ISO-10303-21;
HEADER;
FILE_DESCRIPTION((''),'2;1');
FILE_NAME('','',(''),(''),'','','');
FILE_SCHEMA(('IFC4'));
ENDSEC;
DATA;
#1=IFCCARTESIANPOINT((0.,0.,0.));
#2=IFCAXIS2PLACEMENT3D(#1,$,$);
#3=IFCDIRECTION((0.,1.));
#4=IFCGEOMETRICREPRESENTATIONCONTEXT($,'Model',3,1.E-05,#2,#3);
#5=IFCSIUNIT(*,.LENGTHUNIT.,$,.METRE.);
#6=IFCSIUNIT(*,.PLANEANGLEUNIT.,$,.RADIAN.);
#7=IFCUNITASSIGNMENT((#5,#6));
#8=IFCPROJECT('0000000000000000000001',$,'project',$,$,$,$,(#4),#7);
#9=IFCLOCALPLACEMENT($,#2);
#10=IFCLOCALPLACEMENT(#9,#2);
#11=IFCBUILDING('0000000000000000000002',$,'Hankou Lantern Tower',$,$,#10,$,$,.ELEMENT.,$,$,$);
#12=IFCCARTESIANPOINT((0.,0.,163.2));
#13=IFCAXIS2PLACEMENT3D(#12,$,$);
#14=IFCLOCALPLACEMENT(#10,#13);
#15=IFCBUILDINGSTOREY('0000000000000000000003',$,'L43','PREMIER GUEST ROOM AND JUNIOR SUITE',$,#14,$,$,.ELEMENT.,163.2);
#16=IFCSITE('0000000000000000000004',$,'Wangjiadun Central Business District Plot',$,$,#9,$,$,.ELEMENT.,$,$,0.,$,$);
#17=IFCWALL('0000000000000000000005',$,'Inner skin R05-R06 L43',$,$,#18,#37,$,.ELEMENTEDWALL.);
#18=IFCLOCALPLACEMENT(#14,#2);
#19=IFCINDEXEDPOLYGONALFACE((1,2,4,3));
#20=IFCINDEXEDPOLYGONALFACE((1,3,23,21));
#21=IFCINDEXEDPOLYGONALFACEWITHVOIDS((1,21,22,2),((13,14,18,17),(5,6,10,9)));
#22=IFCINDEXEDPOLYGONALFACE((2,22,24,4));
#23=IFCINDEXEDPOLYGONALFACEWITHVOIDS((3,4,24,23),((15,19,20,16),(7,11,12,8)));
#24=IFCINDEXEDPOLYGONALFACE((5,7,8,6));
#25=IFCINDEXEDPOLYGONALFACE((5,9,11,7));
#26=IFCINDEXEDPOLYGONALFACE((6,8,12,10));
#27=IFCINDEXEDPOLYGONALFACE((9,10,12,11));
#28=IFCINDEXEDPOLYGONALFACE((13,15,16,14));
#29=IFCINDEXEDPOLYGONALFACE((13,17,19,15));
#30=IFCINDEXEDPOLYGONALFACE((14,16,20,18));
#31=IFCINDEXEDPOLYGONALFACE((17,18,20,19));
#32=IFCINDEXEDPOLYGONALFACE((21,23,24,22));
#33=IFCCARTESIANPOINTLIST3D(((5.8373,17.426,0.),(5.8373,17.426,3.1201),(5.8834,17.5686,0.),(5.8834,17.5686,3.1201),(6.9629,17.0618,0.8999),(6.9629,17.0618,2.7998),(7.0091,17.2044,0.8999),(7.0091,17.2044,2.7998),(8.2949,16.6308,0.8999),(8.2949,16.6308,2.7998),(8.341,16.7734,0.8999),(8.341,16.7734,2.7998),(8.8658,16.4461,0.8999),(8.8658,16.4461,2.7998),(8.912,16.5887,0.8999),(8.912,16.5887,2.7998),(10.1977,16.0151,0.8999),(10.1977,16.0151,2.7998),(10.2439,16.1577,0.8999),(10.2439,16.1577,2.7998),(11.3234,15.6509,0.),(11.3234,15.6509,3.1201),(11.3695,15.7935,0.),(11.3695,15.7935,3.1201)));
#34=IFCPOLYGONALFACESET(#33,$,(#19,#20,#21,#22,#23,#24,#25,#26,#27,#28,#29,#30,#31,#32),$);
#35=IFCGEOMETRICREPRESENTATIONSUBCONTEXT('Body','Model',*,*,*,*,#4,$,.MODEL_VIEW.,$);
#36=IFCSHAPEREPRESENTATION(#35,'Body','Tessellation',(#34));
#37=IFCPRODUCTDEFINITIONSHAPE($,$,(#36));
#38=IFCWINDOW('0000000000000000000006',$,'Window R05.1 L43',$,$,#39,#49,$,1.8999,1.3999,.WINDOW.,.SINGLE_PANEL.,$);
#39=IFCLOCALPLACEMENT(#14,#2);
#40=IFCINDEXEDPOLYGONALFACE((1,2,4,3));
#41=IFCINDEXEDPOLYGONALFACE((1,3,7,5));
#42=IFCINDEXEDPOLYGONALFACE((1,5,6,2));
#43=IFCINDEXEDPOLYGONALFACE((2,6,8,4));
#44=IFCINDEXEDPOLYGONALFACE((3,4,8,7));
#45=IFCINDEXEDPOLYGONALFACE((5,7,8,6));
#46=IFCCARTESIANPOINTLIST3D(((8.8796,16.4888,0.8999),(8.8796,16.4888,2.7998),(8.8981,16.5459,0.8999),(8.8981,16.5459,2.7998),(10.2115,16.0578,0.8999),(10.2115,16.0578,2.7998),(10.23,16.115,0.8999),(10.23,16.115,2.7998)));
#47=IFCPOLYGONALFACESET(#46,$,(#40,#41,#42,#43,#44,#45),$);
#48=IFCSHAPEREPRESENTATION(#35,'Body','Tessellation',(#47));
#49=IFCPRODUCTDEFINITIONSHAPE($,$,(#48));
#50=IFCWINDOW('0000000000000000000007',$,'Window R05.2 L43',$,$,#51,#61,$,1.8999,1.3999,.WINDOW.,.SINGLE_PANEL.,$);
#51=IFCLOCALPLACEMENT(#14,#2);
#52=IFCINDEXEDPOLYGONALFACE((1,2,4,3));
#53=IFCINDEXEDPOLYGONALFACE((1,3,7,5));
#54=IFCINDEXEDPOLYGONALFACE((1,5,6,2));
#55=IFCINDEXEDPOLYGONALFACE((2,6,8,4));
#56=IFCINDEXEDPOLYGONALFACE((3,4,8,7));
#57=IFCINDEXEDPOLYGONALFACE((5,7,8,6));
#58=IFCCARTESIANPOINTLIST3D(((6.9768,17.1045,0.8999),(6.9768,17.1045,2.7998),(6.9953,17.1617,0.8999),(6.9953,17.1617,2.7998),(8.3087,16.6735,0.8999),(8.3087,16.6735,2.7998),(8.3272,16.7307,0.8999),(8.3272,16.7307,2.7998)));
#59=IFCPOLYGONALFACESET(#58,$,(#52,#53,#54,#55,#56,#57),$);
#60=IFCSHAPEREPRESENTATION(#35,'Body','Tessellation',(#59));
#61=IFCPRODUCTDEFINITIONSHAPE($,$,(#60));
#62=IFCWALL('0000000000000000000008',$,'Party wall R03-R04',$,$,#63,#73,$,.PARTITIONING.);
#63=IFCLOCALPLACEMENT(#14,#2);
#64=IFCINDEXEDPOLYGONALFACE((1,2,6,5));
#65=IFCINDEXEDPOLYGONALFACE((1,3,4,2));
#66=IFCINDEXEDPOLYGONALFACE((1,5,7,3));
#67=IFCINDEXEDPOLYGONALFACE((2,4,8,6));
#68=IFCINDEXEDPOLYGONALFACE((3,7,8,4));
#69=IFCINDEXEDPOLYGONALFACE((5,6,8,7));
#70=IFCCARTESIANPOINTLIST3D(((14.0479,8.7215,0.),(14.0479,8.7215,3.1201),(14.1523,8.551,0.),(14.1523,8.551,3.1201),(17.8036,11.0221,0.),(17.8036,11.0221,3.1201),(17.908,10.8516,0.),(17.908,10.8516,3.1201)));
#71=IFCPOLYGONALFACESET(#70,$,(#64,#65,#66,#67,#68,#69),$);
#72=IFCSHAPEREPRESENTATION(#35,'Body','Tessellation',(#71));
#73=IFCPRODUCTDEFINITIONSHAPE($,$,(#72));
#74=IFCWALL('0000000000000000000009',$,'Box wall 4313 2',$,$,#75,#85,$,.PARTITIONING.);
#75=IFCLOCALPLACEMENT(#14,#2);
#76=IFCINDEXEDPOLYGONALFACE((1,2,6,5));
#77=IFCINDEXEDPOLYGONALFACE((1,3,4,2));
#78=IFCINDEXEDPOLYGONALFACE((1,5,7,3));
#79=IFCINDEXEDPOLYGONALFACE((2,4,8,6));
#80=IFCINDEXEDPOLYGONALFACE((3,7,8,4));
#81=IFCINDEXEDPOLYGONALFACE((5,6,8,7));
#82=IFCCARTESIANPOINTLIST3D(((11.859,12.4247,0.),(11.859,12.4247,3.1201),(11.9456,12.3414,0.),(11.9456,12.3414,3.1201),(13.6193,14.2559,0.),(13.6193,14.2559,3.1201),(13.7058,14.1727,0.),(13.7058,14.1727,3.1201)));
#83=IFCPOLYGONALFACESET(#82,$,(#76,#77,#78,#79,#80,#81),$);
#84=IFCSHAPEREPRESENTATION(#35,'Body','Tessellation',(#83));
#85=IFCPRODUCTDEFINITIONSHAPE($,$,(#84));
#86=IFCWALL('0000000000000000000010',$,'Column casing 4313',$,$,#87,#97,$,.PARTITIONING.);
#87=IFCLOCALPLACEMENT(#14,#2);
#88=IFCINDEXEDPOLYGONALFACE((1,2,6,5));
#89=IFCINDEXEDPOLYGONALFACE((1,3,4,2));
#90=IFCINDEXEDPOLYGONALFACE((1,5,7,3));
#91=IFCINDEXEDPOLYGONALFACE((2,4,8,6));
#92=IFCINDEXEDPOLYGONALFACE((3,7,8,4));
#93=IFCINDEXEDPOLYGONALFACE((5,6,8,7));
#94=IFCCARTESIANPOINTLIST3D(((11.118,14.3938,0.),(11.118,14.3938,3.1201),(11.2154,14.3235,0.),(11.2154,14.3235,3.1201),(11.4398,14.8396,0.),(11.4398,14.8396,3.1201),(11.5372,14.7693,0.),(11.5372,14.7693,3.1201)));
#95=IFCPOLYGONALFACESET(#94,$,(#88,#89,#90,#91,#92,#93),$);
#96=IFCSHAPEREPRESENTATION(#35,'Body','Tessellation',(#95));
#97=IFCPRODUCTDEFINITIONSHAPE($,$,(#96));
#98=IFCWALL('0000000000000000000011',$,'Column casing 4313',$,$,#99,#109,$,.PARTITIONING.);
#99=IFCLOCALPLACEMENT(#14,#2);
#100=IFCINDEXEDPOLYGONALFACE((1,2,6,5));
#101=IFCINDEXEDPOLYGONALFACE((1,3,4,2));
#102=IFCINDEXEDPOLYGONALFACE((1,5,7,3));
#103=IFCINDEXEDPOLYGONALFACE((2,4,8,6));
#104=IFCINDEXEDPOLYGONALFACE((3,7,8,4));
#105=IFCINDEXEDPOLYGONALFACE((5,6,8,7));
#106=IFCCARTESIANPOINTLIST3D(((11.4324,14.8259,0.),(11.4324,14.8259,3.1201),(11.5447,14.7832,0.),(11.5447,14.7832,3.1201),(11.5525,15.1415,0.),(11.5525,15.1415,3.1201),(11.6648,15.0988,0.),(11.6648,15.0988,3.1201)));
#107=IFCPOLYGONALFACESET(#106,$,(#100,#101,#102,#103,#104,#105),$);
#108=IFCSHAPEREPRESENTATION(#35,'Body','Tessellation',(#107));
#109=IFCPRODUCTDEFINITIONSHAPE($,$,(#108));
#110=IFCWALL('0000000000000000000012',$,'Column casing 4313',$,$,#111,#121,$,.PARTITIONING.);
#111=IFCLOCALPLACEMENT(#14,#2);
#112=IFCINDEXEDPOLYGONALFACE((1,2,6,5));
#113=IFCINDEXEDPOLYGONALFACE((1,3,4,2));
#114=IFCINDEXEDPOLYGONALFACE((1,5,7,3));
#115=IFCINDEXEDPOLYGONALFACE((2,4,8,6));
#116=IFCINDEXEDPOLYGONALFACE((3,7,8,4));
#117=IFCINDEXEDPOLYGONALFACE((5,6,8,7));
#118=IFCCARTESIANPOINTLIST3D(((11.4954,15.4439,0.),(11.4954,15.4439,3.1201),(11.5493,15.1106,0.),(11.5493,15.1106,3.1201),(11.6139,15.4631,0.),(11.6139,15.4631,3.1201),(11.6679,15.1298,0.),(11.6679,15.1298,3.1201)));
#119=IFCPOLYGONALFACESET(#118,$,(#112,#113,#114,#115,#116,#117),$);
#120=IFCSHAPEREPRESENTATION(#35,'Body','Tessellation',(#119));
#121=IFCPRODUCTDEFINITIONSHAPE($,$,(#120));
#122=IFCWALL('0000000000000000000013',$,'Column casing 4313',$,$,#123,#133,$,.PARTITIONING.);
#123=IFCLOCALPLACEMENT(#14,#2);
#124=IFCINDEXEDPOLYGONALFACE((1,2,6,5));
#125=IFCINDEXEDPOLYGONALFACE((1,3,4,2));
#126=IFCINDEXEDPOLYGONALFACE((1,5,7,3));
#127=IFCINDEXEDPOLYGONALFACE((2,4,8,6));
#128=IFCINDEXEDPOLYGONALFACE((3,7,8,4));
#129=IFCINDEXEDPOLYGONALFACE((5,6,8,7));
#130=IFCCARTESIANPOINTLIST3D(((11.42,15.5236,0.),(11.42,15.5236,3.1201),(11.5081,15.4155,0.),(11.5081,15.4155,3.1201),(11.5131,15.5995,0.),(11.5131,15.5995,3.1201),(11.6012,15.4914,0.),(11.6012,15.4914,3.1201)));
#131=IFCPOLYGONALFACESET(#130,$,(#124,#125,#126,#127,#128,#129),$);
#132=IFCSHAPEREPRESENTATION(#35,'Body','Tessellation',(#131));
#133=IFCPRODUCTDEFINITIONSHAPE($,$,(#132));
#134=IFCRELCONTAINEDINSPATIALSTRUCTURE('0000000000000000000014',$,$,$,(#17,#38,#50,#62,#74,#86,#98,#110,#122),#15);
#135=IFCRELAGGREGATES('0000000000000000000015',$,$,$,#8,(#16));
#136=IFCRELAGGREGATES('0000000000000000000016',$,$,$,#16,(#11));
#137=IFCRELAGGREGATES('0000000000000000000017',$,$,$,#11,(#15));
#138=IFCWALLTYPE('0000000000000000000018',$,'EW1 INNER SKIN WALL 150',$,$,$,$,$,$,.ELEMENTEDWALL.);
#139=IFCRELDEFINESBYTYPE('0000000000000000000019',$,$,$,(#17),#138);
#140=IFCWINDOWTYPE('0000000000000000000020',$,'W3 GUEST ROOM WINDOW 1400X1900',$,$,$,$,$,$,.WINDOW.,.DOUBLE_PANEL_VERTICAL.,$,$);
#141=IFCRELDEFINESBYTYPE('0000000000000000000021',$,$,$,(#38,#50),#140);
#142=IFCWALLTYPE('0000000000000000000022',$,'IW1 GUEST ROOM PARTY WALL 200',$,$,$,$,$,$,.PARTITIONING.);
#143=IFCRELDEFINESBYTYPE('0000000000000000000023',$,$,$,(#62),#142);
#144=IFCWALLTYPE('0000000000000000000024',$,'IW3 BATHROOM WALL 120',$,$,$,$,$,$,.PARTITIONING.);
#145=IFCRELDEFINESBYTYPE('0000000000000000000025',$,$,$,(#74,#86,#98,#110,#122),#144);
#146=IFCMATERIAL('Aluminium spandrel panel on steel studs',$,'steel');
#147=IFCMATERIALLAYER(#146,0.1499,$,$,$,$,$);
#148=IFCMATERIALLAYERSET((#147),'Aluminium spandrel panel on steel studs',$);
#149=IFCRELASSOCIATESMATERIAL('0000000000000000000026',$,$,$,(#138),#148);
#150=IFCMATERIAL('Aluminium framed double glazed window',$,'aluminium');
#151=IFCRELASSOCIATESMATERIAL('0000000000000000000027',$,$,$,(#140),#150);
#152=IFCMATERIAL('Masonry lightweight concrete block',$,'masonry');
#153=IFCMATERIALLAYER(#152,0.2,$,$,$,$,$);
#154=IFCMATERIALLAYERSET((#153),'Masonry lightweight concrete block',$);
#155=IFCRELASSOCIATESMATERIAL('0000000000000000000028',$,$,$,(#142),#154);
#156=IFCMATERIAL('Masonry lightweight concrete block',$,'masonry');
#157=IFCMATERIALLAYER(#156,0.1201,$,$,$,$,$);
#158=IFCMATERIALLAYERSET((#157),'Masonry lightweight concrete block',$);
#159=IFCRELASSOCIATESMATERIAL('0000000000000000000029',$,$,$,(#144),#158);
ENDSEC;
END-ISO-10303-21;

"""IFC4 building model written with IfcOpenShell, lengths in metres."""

from ifc_helpers import new_model, si_unit, direction, frame, frame_2d, origin, place, context, subcontext, project, spatial, rectangle, extrude, material, layer, layer_set, type_object, element, fill, save


model = new_model("IFC4")

# Units and contexts
model_context = context("Model", 3, precision=1e-05, world=origin(), true_north=direction((0.0, 1.0)))
body_context = subcontext(model_context, "Body", "Model", "MODEL_VIEW")
ifc_project = project(units=[si_unit("LENGTHUNIT", "METRE"), si_unit("PLANEANGLEUNIT", "RADIAN")], contexts=[model_context])

# Site, building, storey
site_placement = place(None, origin())
site = spatial("IfcSite", under=ifc_project, at=site_placement, Name="Wangjiadun Central Business District Plot", CompositionType="ELEMENT", RefElevation=0.0)
building_placement = place(site_placement, origin())
building = spatial("IfcBuilding", under=site, at=building_placement, Name="Hankou Lantern Tower", CompositionType="ELEMENT")
storey_placement = place(building_placement, frame((0.0, 0.0, 163.2)))
storey = spatial("IfcBuildingStorey", under=building, at=storey_placement, Name="L43", Description="PREMIER GUEST ROOM AND JUNIOR SUITE", CompositionType="ELEMENT", Elevation=163.2)

# Wall, openings, windows
ifc_material_1 = material(Name="Aluminium spandrel panel on steel studs", Category="steel")
ifc_layer_1 = layer(ifc_material_1, 0.1499)
ifc_layer_set_1 = layer_set([ifc_layer_1], Name="Aluminium spandrel panel on steel studs")
wall_type_1 = type_object("IfcWallType", Name="EW1 INNER SKIN WALL 150", PredefinedType="ELEMENTEDWALL", material=ifc_layer_set_1)
ifc_material_2 = material(Name="Aluminium framed double glazed window", Category="aluminium")
window_type = type_object("IfcWindowType", Name="W3 GUEST ROOM WINDOW 1400X1900", PartitioningType="DOUBLE_PANEL_VERTICAL", PredefinedType="WINDOW", material=ifc_material_2)
wall_1_placement = place(storey_placement, frame((11.3464, 15.7222, 0.0), z_axis=(0.0, 0.0, 1.0), x_axis=(-0.951432, 0.307857, 0.0)))
wall_1 = element("IfcWall", 1, at=wall_1_placement, inside=storey, type_object=wall_type_1, Name="Inner skin R05-R06 L43", PredefinedType="ELEMENTEDWALL", context=body_context, shape_type="SweptSolid", body=[
    extrude(rectangle(XDim=5.7661, YDim=0.1499, at=frame_2d((2.8831, 0.0))), origin(), (0.0, 0.0, 1.0), 3.1201),
])
opening_1_placement = place(wall_1_placement, frame((1.1831, 0.0, 0.8999)))
opening_1 = element("IfcOpeningElement", 2, at=opening_1_placement, cuts=wall_1, PredefinedType="OPENING", context=body_context, shape_type="SweptSolid", body=[
    extrude(rectangle(XDim=1.3999, YDim=1.8999, at=frame_2d((0.7, 0.95))), frame((0.0, 0.085, 0.0), z_axis=(0.0, -1.0, 0.0), x_axis=(1.0, 0.0, 0.0)), (0.0, 0.0, 1.0), 0.1699),
])
opening_2_placement = place(wall_1_placement, frame((3.1831, 0.0, 0.8999)))
opening_2 = element("IfcOpeningElement", 3, at=opening_2_placement, cuts=wall_1, PredefinedType="OPENING", context=body_context, shape_type="SweptSolid", body=[
    extrude(rectangle(XDim=1.3999, YDim=1.8999, at=frame_2d((0.7, 0.95))), frame((0.0, 0.085, 0.0), z_axis=(0.0, -1.0, 0.0), x_axis=(1.0, 0.0, 0.0)), (0.0, 0.0, 1.0), 0.1699),
])
window_1_placement = place(opening_1_placement, origin())
window_1 = element("IfcWindow", 4, at=window_1_placement, inside=storey, type_object=window_type, Name="Window R05.1 L43", OverallHeight=1.8999, OverallWidth=1.3999, PartitioningType="SINGLE_PANEL", PredefinedType="WINDOW", context=body_context, shape_type="SweptSolid", body=[
    extrude(rectangle(XDim=1.3999, YDim=1.8999, at=frame_2d((0.7, 0.95))), frame((0.0, 0.03, 0.0), z_axis=(0.0, -1.0, 0.0), x_axis=(1.0, 0.0, 0.0)), (0.0, 0.0, 1.0), 0.0601),
])
fill(opening_1, window_1)
window_2_placement = place(opening_2_placement, origin())
window_2 = element("IfcWindow", 5, at=window_2_placement, inside=storey, type_object=window_type, Name="Window R05.2 L43", OverallHeight=1.8999, OverallWidth=1.3999, PartitioningType="SINGLE_PANEL", PredefinedType="WINDOW", context=body_context, shape_type="SweptSolid", body=[
    extrude(rectangle(XDim=1.3999, YDim=1.8999, at=frame_2d((0.7, 0.95))), frame((0.0, 0.03, 0.0), z_axis=(0.0, -1.0, 0.0), x_axis=(1.0, 0.0, 0.0)), (0.0, 0.0, 1.0), 0.0601),
])
fill(opening_2, window_2)

# Walls
ifc_material_3 = material(Name="Masonry lightweight concrete block", Category="masonry")
ifc_layer_2 = layer(ifc_material_3, 0.2)
ifc_layer_set_2 = layer_set([ifc_layer_2], Name="Masonry lightweight concrete block")
wall_type_2 = type_object("IfcWallType", Name="IW1 GUEST ROOM PARTY WALL 200", PredefinedType="PARTITIONING", material=ifc_layer_set_2)
wall_2_placement = place(storey_placement, frame((14.1001, 8.6362, 0.0), z_axis=(0.0, 0.0, 1.0), x_axis=(0.852732, 0.522349, 0.0)))
element("IfcWall", 6, at=wall_2_placement, inside=storey, type_object=wall_type_2, Name="Party wall R03-R04", PredefinedType="PARTITIONING", context=body_context, shape_type="SweptSolid", body=[
    extrude(rectangle(XDim=4.4043, YDim=0.2, at=frame_2d((2.2021, 0.0))), origin(), (0.0, 0.0, 1.0), 3.1201),
])
ifc_material_4 = material(Name="Masonry lightweight concrete block", Category="masonry")
ifc_layer_3 = layer(ifc_material_4, 0.1201)
ifc_layer_set_3 = layer_set([ifc_layer_3], Name="Masonry lightweight concrete block")
wall_type_3 = type_object("IfcWallType", Name="IW3 BATHROOM WALL 120", PredefinedType="PARTITIONING", material=ifc_layer_set_3)
wall_3_placement = place(storey_placement, frame((11.9023, 12.3831, 0.0), z_axis=(0.0, 0.0, 1.0), x_axis=(0.692984, 0.720953, 0.0)))
element("IfcWall", 7, at=wall_3_placement, inside=storey, type_object=wall_type_3, Name="Box wall 4313 2", PredefinedType="PARTITIONING", context=body_context, shape_type="SweptSolid", body=[
    extrude(rectangle(XDim=2.54, YDim=0.1201, at=frame_2d((1.27, 0.0))), origin(), (0.0, 0.0, 1.0), 3.1201),
])
wall_4_placement = place(storey_placement, frame((11.1667, 14.3586, 0.0), z_axis=(0.0, 0.0, 1.0), x_axis=(0.585264, 0.810843, 0.0)))
element("IfcWall", 8, at=wall_4_placement, inside=storey, type_object=wall_type_3, Name="Column casing 4313", PredefinedType="PARTITIONING", context=body_context, shape_type="SweptSolid", body=[
    extrude(rectangle(XDim=0.5498, YDim=0.1201, at=frame_2d((0.2749, 0.0))), origin(), (0.0, 0.0, 1.0), 3.1201),
])
for number, where, z_axis, x_axis, name in (
    (9, (11.4885, 14.8044, 0.0), (0.0, 0.0, 1.0), (0.355635, 0.934625, 0.0), "Column casing 4313"),
    (10, (11.6086, 15.1201, 0.0), (0.0, 0.0, 1.0), (-0.159824, 0.987146, 0.0), "Column casing 4313"),
):
    element("IfcWall", number, at=place(storey_placement, frame(where, z_axis=z_axis, x_axis=x_axis)), inside=storey, type_object=wall_type_3, Name=name, PredefinedType="PARTITIONING", context=body_context, shape_type="SweptSolid", body=[
        extrude(rectangle(XDim=0.3376, YDim=0.1201, at=frame_2d((0.1689, 0.0))), origin(), (0.0, 0.0, 1.0), 3.1201),
    ])
wall_5_placement = place(storey_placement, frame((11.5547, 15.4534, 0.0), z_axis=(0.0, 0.0, 1.0), x_axis=(-0.631712, 0.775203, 0.0)))
element("IfcWall", 11, at=wall_5_placement, inside=storey, type_object=wall_type_3, Name="Column casing 4313", PredefinedType="PARTITIONING", context=body_context, shape_type="SweptSolid", body=[
    extrude(rectangle(XDim=0.1394, YDim=0.1201, at=frame_2d((0.0698, 0.0))), origin(), (0.0, 0.0, 1.0), 3.1201),
])

save(model, "model.ifc")
